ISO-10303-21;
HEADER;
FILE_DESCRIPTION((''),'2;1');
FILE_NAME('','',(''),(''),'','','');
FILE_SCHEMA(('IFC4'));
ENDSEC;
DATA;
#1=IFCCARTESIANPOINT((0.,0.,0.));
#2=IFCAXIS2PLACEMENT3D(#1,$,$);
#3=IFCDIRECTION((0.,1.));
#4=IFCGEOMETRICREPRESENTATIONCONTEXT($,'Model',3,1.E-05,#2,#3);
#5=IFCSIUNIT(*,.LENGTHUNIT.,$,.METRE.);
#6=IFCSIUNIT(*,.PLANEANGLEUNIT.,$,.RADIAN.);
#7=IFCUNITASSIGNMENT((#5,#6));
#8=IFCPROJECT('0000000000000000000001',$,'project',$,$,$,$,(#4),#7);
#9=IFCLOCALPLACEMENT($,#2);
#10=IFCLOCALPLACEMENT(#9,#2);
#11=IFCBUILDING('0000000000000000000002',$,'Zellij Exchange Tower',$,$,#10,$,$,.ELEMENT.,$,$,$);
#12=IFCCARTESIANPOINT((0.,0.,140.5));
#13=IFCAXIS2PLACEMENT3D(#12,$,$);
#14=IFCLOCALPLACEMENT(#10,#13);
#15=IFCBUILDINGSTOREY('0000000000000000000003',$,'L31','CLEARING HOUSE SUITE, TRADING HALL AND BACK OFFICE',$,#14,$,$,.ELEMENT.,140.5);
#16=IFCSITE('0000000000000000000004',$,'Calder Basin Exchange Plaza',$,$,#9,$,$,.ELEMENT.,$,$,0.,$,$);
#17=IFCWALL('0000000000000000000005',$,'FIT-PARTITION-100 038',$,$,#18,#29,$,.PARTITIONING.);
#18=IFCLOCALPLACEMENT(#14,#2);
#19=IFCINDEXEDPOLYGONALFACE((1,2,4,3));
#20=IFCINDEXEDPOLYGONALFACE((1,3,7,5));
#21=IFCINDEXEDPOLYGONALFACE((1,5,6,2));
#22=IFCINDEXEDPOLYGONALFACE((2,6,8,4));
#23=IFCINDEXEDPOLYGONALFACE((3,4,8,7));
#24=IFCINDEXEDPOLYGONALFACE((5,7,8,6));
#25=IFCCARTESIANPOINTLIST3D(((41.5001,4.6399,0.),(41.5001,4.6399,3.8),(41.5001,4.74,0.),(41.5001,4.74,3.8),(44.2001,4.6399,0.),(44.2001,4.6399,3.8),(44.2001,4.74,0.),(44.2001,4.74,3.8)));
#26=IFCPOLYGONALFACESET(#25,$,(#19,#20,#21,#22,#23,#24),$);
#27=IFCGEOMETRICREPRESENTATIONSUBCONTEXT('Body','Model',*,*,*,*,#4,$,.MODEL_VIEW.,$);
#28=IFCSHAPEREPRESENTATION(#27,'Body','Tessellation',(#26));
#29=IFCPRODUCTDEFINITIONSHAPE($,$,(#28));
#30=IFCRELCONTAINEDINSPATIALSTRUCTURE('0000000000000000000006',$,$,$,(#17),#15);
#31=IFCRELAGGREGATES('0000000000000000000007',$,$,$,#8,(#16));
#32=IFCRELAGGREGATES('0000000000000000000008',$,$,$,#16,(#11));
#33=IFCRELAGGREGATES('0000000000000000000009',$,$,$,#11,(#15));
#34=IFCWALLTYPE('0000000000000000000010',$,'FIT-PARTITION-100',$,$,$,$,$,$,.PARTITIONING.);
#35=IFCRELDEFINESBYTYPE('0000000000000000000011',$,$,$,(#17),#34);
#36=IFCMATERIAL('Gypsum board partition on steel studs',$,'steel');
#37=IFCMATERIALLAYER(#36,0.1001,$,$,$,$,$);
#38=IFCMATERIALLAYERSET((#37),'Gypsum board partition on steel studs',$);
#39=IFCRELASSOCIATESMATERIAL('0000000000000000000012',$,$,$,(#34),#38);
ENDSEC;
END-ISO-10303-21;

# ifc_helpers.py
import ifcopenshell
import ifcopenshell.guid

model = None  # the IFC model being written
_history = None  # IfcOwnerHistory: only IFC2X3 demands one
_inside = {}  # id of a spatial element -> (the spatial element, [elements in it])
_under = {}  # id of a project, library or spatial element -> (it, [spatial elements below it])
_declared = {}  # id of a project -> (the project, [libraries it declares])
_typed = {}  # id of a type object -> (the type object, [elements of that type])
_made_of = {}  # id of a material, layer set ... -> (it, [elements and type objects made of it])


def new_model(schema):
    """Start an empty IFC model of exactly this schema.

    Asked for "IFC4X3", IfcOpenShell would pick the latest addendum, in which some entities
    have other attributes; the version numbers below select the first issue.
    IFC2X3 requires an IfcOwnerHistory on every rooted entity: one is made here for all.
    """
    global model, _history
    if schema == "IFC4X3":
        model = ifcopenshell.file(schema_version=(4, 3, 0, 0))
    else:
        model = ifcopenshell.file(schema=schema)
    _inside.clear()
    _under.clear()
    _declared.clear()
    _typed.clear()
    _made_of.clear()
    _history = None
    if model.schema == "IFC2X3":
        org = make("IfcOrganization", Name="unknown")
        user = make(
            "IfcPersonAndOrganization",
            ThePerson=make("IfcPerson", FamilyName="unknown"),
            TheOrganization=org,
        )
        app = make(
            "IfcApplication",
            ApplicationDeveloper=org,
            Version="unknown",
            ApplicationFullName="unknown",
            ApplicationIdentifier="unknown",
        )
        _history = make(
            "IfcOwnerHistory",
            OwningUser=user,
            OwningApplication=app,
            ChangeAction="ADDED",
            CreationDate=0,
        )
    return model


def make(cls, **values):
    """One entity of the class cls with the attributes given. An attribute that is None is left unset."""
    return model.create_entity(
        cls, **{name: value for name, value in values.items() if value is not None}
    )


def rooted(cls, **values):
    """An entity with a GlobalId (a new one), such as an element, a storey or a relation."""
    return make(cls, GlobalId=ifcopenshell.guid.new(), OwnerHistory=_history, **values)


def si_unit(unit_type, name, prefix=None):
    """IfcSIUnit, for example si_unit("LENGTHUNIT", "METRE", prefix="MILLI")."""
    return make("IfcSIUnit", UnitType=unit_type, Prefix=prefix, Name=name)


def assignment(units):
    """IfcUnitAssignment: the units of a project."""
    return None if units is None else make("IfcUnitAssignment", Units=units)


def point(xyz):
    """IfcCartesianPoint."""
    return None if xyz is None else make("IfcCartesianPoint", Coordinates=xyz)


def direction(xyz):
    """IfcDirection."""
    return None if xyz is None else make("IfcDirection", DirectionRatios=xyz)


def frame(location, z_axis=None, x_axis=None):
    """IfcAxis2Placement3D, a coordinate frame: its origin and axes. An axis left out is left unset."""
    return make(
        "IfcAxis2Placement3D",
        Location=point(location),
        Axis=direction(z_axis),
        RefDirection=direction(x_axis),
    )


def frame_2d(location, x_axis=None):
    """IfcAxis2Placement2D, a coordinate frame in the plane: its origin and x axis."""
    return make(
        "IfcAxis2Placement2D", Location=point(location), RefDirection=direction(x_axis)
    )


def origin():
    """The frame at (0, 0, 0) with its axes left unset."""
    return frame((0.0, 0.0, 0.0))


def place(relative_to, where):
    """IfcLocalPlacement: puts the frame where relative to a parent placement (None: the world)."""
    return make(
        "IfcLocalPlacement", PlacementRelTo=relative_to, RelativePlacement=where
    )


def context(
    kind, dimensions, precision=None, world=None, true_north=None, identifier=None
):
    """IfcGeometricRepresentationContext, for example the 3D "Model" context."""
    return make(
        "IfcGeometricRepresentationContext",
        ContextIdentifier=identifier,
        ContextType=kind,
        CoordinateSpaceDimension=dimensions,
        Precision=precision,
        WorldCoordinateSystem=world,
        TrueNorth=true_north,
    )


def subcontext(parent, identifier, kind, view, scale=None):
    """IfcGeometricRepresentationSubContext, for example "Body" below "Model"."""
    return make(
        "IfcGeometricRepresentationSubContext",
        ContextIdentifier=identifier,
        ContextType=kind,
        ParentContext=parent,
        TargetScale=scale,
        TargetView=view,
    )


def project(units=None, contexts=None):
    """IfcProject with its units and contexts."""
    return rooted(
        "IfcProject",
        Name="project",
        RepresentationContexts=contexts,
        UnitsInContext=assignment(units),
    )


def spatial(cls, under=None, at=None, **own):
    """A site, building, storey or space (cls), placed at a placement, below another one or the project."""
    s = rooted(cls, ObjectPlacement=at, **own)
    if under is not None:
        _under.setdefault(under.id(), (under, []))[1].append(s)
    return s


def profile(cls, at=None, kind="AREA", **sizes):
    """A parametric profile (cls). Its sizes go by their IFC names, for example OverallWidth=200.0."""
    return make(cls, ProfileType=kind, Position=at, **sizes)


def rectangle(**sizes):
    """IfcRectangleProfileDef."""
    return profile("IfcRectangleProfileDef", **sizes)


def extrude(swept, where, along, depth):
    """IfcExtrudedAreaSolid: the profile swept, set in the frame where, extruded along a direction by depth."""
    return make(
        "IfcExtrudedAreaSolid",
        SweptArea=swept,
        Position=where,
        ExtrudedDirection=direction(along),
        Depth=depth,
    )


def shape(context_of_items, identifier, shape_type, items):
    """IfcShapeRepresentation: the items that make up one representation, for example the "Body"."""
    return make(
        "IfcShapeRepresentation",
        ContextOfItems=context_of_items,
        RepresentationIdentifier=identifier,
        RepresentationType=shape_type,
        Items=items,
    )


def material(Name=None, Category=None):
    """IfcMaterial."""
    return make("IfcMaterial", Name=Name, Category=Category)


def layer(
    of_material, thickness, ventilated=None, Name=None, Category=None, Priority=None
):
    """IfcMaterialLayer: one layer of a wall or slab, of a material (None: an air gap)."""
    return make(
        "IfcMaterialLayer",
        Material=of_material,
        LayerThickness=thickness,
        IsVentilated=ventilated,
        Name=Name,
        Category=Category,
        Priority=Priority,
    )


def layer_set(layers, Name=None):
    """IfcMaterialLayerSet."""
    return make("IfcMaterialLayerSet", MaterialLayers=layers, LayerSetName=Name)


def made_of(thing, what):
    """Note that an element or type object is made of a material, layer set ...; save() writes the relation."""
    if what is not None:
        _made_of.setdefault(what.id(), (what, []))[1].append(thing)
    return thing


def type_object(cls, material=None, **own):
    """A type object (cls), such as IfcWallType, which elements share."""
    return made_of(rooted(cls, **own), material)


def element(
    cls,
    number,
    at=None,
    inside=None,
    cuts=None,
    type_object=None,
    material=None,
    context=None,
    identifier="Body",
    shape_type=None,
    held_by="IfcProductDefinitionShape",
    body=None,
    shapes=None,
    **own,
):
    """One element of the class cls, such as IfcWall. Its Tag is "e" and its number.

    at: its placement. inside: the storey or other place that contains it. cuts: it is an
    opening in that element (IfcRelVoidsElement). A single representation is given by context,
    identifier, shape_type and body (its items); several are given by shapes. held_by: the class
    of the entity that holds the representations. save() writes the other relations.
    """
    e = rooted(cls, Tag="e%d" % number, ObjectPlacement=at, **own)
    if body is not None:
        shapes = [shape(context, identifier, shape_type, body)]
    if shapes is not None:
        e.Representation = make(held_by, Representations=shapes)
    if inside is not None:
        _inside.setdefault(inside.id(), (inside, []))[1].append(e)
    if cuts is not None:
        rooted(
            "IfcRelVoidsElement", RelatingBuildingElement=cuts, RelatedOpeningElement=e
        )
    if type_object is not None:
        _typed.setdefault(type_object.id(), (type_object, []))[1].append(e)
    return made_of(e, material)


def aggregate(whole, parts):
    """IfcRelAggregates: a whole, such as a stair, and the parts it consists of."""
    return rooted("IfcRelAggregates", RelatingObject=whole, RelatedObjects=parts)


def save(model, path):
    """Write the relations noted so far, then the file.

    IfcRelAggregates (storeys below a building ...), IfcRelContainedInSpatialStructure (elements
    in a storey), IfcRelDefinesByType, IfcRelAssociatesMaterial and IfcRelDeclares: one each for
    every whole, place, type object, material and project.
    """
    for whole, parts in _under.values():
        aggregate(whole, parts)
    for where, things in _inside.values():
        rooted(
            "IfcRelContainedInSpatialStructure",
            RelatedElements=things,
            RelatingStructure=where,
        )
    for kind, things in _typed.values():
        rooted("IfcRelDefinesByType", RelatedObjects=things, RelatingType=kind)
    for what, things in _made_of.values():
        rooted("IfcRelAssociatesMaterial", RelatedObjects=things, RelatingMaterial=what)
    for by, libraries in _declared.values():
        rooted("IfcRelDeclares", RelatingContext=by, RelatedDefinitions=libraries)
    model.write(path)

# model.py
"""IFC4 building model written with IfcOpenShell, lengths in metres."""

from ifc_helpers import new_model, si_unit, direction, frame, frame_2d, origin, place, context, subcontext, project, spatial, rectangle, extrude, material, layer, layer_set, type_object, element, save


model = new_model("IFC4")

# Units and contexts
model_context = context("Model", 3, precision=1e-05, world=origin(), true_north=direction((0.0, 1.0)))
body_context = subcontext(model_context, "Body", "Model", "MODEL_VIEW")
ifc_project = project(units=[si_unit("LENGTHUNIT", "METRE"), si_unit("PLANEANGLEUNIT", "RADIAN")], contexts=[model_context])

# Site, building, storey
site_placement = place(None, origin())
site = spatial("IfcSite", under=ifc_project, at=site_placement, Name="Calder Basin Exchange Plaza", CompositionType="ELEMENT", RefElevation=0.0)
building_placement = place(site_placement, origin())
building = spatial("IfcBuilding", under=site, at=building_placement, Name="Zellij Exchange Tower", CompositionType="ELEMENT")
storey_placement = place(building_placement, frame((0.0, 0.0, 140.5)))
storey = spatial("IfcBuildingStorey", under=building, at=storey_placement, Name="L31", Description="CLEARING HOUSE SUITE, TRADING HALL AND BACK OFFICE", CompositionType="ELEMENT", Elevation=140.5)

# Shared definitions
ifc_material_1 = material(Name="Gypsum board partition on steel studs", Category="steel")
ifc_layer_1 = layer(ifc_material_1, 0.1001)
ifc_layer_set_1 = layer_set([ifc_layer_1], Name="Gypsum board partition on steel studs")
wall_type_1 = type_object("IfcWallType", Name="FIT-PARTITION-100", PredefinedType="PARTITIONING", material=ifc_layer_set_1)

# Wall
wall_1_placement = place(storey_placement, frame((41.5, 4.6899, 0.0), z_axis=(0.0, 0.0, 1.0), x_axis=(1.0, 0.0, 0.0)))
element("IfcWall", 1, at=wall_1_placement, inside=storey, type_object=wall_type_1, Name="FIT-PARTITION-100 038", PredefinedType="PARTITIONING", context=body_context, shape_type="SweptSolid", body=[
    extrude(rectangle(XDim=2.7, YDim=0.1001, at=frame_2d((1.3501, 0.0))), origin(), (0.0, 0.0, 1.0), 3.8),
])

save(model, "model.ifc")
